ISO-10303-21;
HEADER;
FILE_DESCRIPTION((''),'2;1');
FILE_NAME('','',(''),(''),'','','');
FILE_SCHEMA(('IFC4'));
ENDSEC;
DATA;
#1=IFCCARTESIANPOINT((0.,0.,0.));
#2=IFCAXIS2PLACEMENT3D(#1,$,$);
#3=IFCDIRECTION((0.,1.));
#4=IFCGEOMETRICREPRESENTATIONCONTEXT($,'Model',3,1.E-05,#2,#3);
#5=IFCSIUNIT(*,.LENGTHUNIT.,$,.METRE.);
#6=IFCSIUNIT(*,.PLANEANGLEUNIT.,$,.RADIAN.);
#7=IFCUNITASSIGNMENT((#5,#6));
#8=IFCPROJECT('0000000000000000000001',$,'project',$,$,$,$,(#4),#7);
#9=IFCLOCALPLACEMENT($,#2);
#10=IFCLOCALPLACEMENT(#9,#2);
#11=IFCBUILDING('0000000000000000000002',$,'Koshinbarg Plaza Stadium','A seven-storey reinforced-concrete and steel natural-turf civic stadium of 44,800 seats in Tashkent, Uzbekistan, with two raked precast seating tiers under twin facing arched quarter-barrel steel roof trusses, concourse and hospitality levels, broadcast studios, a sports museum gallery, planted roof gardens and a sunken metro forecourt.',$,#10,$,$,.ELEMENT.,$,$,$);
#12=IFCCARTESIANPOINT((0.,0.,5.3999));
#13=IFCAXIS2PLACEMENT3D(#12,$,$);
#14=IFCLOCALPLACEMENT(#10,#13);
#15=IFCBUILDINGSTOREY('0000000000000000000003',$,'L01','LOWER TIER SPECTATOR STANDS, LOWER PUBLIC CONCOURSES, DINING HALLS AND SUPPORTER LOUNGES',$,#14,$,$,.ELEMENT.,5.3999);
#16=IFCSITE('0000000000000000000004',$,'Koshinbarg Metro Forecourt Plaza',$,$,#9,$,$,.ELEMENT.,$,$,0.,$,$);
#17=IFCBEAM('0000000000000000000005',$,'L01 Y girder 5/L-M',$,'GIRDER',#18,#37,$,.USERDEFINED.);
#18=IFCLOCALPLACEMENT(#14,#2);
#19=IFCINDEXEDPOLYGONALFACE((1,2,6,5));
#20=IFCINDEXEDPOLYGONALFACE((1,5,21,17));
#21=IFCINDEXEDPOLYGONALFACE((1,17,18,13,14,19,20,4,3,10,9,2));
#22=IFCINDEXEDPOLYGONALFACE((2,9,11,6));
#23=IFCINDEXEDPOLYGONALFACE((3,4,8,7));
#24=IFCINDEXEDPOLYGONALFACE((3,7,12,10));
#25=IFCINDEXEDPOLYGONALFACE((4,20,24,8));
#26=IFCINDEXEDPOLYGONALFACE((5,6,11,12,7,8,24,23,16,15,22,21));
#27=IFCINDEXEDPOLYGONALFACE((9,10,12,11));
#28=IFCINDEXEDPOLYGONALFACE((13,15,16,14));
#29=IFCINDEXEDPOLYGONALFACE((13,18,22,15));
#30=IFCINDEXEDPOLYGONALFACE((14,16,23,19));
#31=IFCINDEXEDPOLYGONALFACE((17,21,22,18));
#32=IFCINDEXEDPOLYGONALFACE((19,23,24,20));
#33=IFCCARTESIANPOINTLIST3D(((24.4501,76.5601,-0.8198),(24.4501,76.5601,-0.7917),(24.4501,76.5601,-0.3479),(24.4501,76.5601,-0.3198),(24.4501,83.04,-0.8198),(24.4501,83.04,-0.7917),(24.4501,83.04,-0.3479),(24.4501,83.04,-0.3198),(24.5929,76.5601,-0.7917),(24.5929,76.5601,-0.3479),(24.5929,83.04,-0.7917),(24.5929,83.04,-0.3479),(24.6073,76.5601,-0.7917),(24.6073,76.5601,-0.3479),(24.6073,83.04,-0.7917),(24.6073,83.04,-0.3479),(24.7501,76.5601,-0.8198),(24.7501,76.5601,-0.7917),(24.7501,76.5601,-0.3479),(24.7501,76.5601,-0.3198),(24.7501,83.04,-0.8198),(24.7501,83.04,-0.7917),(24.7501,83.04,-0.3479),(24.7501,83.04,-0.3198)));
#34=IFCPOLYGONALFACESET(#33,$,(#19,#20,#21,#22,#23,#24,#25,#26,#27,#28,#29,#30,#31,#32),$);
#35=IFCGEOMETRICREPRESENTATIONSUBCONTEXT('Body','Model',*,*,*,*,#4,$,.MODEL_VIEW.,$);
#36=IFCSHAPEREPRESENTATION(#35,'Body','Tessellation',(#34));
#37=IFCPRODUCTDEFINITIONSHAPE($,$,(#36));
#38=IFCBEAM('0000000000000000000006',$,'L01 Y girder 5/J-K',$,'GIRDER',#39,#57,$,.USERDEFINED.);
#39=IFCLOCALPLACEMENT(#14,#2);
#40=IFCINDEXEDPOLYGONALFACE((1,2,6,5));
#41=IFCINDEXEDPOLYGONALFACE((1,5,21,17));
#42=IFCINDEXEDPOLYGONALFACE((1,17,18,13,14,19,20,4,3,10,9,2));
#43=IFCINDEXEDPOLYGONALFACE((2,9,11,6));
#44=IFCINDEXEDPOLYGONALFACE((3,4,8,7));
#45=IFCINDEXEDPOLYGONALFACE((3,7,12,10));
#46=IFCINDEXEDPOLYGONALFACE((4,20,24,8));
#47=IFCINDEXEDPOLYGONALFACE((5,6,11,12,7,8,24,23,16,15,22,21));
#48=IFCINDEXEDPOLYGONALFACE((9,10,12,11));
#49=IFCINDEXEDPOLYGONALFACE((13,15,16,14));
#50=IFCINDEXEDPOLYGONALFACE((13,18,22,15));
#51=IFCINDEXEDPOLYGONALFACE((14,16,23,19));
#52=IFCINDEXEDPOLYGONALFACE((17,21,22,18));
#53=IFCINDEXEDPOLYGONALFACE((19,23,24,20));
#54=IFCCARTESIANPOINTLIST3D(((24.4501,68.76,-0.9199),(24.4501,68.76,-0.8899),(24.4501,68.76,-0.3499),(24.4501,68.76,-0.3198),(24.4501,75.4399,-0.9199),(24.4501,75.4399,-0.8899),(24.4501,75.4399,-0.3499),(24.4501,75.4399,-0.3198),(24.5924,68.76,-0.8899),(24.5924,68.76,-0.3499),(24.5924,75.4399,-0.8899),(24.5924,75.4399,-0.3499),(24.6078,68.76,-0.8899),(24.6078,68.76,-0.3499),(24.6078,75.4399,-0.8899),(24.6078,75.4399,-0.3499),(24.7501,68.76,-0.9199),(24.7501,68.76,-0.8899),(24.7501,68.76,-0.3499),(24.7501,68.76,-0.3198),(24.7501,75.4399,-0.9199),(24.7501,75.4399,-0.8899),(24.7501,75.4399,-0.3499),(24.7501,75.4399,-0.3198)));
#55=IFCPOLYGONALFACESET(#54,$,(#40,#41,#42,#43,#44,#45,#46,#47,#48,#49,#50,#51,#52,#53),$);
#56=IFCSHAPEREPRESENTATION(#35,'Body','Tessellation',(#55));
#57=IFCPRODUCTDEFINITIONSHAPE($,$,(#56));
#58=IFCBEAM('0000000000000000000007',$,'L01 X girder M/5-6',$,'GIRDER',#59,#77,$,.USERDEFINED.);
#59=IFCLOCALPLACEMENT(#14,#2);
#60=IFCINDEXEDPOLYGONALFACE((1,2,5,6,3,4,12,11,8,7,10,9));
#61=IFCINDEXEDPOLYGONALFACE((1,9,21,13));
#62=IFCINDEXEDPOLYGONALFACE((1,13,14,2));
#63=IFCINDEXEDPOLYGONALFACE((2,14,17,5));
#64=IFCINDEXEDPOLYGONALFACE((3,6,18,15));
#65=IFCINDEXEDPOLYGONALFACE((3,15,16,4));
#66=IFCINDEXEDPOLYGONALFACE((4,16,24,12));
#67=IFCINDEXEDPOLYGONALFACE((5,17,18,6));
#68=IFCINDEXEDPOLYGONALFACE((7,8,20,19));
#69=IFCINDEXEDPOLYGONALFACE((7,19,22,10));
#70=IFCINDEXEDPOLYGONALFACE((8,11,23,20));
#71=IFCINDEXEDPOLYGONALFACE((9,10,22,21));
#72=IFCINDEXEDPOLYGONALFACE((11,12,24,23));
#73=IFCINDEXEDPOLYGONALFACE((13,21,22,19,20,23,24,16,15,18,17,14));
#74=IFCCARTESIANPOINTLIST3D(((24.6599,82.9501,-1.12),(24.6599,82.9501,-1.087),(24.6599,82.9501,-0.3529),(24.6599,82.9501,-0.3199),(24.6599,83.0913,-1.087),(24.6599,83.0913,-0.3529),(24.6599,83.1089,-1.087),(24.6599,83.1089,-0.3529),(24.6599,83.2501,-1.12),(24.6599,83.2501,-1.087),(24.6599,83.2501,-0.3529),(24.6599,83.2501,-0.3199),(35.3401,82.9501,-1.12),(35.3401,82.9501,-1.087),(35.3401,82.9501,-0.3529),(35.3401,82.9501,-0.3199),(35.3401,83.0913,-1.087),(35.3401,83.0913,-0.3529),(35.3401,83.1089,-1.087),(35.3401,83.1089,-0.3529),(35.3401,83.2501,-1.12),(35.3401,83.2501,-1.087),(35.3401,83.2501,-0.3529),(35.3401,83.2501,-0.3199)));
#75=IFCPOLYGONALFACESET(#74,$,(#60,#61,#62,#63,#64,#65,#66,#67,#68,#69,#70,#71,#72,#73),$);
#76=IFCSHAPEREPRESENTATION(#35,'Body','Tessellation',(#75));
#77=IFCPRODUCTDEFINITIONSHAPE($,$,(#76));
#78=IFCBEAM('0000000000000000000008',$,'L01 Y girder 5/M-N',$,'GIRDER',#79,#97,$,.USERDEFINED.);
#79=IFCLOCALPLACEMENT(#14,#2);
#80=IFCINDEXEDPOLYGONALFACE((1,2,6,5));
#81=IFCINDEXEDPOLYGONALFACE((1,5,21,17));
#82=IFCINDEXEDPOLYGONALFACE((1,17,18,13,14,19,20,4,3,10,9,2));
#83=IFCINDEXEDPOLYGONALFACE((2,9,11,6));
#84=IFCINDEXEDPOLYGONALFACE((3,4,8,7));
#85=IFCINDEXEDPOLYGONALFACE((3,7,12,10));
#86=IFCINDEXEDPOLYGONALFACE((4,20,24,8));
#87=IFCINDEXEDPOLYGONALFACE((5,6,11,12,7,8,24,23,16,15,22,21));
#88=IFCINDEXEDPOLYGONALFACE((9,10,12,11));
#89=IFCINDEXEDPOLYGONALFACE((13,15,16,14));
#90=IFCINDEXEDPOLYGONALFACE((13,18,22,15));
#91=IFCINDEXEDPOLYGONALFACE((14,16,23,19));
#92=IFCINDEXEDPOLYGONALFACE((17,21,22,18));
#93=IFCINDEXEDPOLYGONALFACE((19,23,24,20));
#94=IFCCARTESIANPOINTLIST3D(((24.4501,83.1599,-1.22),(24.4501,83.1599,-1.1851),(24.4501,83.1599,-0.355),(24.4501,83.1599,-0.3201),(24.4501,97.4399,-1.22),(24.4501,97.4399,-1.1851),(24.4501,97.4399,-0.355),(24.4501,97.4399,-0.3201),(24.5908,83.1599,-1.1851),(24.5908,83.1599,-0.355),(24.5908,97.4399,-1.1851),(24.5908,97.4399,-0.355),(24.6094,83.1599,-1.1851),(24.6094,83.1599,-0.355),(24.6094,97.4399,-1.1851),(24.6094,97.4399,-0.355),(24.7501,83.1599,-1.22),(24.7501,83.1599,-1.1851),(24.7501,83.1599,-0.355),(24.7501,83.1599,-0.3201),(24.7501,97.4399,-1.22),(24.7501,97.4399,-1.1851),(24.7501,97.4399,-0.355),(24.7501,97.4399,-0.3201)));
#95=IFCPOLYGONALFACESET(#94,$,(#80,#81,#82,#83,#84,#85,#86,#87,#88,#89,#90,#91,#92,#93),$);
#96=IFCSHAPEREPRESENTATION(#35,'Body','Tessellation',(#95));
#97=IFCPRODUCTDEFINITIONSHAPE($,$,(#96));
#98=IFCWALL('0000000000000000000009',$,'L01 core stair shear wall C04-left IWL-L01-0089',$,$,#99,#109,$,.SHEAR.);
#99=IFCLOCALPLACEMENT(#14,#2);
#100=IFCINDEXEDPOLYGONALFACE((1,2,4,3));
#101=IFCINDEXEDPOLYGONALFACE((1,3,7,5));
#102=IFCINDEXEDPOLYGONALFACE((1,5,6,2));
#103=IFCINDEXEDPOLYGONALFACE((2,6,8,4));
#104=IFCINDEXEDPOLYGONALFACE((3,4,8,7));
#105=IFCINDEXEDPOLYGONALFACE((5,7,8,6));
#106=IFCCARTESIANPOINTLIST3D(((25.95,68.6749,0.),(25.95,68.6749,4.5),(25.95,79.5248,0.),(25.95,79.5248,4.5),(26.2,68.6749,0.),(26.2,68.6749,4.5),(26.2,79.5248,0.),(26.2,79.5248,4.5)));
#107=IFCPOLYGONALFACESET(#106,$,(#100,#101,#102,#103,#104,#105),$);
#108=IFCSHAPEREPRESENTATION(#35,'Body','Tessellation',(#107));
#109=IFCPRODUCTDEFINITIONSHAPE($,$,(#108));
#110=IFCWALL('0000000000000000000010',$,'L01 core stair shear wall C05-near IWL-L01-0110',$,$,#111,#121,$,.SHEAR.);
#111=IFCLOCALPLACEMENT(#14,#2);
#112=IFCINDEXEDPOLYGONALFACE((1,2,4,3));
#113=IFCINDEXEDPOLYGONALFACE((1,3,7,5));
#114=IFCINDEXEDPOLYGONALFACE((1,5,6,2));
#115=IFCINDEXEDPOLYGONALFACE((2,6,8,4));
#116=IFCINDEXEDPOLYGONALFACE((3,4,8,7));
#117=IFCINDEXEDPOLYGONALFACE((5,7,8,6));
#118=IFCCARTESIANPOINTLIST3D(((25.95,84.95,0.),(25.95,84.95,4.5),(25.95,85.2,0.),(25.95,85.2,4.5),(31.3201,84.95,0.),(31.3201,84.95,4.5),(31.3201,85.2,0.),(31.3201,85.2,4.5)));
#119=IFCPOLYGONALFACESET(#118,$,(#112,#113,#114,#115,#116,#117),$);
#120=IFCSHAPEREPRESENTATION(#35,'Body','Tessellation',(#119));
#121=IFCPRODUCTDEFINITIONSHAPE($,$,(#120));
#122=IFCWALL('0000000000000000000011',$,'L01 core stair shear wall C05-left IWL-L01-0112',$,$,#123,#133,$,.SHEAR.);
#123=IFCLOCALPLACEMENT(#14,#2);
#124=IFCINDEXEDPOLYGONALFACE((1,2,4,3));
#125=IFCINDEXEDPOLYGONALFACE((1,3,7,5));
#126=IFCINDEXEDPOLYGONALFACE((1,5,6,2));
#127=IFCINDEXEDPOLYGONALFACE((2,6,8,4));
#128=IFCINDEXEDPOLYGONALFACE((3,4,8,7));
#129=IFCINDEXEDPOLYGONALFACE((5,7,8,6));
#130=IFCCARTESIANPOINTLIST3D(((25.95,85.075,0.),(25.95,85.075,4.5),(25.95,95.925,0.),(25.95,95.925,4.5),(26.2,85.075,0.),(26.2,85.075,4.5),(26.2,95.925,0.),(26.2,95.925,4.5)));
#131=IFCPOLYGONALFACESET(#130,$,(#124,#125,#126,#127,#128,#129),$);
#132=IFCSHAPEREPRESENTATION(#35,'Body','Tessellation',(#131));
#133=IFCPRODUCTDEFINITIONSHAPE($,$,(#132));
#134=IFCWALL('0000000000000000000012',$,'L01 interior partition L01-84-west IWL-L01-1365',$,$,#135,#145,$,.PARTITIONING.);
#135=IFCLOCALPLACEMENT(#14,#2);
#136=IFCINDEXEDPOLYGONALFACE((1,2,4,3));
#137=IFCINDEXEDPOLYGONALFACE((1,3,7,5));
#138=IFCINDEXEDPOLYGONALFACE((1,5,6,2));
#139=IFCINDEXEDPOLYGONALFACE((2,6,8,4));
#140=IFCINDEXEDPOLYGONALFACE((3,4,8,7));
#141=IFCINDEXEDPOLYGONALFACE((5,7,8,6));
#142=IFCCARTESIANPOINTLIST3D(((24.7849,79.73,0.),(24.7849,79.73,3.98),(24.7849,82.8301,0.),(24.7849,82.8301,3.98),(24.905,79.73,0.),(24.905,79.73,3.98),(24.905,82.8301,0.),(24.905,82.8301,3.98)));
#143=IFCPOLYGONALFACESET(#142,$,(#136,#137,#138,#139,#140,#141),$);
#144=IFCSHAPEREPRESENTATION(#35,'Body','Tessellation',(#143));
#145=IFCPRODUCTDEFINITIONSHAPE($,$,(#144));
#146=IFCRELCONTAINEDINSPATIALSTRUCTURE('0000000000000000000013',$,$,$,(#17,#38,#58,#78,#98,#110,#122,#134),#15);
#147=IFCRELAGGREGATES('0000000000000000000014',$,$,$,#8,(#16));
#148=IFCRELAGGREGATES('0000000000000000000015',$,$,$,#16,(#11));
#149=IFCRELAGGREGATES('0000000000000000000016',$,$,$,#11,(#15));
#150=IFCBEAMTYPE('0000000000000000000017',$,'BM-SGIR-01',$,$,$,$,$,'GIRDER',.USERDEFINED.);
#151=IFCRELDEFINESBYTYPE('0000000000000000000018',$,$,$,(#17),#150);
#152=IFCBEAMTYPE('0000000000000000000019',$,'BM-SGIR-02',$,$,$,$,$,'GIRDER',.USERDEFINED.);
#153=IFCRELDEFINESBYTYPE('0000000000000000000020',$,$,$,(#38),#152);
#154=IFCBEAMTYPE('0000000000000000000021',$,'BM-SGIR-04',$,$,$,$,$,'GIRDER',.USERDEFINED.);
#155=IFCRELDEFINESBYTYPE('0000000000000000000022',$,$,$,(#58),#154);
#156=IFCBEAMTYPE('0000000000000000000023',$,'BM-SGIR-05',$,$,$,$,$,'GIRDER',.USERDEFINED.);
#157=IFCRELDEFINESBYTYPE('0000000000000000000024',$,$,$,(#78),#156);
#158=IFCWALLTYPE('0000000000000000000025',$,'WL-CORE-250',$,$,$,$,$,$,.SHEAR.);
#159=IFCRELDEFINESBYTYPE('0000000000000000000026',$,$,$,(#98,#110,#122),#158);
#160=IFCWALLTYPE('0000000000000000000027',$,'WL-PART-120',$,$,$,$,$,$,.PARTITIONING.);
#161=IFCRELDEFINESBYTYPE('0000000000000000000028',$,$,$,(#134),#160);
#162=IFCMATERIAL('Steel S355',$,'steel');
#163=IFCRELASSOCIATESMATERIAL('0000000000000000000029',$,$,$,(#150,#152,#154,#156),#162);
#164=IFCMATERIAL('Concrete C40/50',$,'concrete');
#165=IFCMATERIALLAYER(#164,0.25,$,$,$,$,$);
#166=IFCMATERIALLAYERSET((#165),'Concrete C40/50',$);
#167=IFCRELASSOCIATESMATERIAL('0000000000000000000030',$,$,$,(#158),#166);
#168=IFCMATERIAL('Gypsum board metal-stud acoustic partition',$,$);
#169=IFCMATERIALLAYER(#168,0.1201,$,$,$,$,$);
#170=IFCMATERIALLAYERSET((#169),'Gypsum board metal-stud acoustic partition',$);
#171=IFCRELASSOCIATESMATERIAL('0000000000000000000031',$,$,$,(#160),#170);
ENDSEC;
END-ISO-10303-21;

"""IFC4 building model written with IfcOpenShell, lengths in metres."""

from ifc_helpers import new_model, si_unit, direction, frame, frame_2d, origin, origin_2d, place, context, subcontext, project, spatial, rectangle, i_section, extrude, material, layer, layer_set, material_profile, profile_set, type_object, element, save


model = new_model("IFC4")

# Units and contexts
model_context = context("Model", 3, precision=1e-05, world=origin(), true_north=direction((0.0, 1.0)))
body_context = subcontext(model_context, "Body", "Model", "MODEL_VIEW")
ifc_project = project(units=[si_unit("LENGTHUNIT", "METRE"), si_unit("PLANEANGLEUNIT", "RADIAN")], contexts=[model_context])

# Site, building, storey
site_placement = place(None, origin())
site = spatial("IfcSite", under=ifc_project, at=site_placement, Name="Koshinbarg Metro Forecourt Plaza", CompositionType="ELEMENT", RefElevation=0.0)
building_placement = place(site_placement, origin())
building = spatial("IfcBuilding", under=site, at=building_placement, Name="Koshinbarg Plaza Stadium", Description="A seven-storey reinforced-concrete and steel natural-turf civic stadium of 44,800 seats in Tashkent, Uzbekistan, with two raked precast seating tiers under twin facing arched quarter-barrel steel roof trusses, concourse and hospitality levels, broadcast studios, a sports museum gallery, planted roof gardens and a sunken metro forecourt.", CompositionType="ELEMENT")
storey_placement = place(building_placement, frame((0.0, 0.0, 5.3999)))
storey = spatial("IfcBuildingStorey", under=building, at=storey_placement, Name="L01", Description="LOWER TIER SPECTATOR STANDS, LOWER PUBLIC CONCOURSES, DINING HALLS AND SUPPORTER LOUNGES", CompositionType="ELEMENT", Elevation=5.3999)

# Shared definitions
ifc_material_1 = material(Name="Concrete C40/50", Category="concrete")

# Beams
ifc_material_2 = material(Name="Steel S355", Category="steel")
ifc_material_profile_1 = material_profile(ifc_material_2, i_section(OverallWidth=0.3, OverallDepth=0.5, WebThickness=0.0144, FlangeThickness=0.0281, at=origin_2d()), Name="HEB 500")
ifc_profile_set_1 = profile_set([ifc_material_profile_1], Name="Steel S355")
beam_type_1 = type_object("IfcBeamType", Name="BM-SGIR-01", ElementType="GIRDER", PredefinedType="USERDEFINED", material=ifc_profile_set_1)
beam_1_placement = place(storey_placement, frame((24.6001, 76.5601, -0.5698), z_axis=(0.0, 1.0, 0.0), x_axis=(-1.0, 0.0, 0.0)))
element("IfcBeam", 1, at=beam_1_placement, inside=storey, type_object=beam_type_1, Name="L01 Y girder 5/L-M", ObjectType="GIRDER", PredefinedType="USERDEFINED", context=body_context, shape_type="SweptSolid", body=[
    extrude(i_section(OverallWidth=0.3, OverallDepth=0.5, WebThickness=0.0144, FlangeThickness=0.0281, at=origin_2d()), origin(), (0.0, 0.0, 1.0), 6.48),
])
ifc_material_profile_2 = material_profile(ifc_material_2, i_section(OverallWidth=0.3, OverallDepth=0.6001, WebThickness=0.0154, FlangeThickness=0.03, at=origin_2d()), Name="HEB 600")
ifc_profile_set_2 = profile_set([ifc_material_profile_2], Name="Steel S355")
beam_type_2 = type_object("IfcBeamType", Name="BM-SGIR-02", ElementType="GIRDER", PredefinedType="USERDEFINED", material=ifc_profile_set_2)
beam_2_placement = place(storey_placement, frame((24.6001, 68.76, -0.6199), z_axis=(0.0, 1.0, 0.0), x_axis=(-1.0, 0.0, 0.0)))
element("IfcBeam", 2, at=beam_2_placement, inside=storey, type_object=beam_type_2, Name="L01 Y girder 5/J-K", ObjectType="GIRDER", PredefinedType="USERDEFINED", context=body_context, shape_type="SweptSolid", body=[
    extrude(i_section(OverallWidth=0.3, OverallDepth=0.6001, WebThickness=0.0154, FlangeThickness=0.03, at=origin_2d()), origin(), (0.0, 0.0, 1.0), 6.6799),
])
ifc_material_profile_3 = material_profile(ifc_material_2, i_section(OverallWidth=0.3, OverallDepth=0.8, WebThickness=0.0176, FlangeThickness=0.033, at=origin_2d()), Name="HEB 800")
ifc_profile_set_3 = profile_set([ifc_material_profile_3], Name="Steel S355")
beam_type_3 = type_object("IfcBeamType", Name="BM-SGIR-04", ElementType="GIRDER", PredefinedType="USERDEFINED", material=ifc_profile_set_3)
beam_3_placement = place(storey_placement, frame((24.6599, 83.1001, -0.72), z_axis=(1.0, 0.0, 0.0), x_axis=(0.0, 1.0, 0.0)))
element("IfcBeam", 3, at=beam_3_placement, inside=storey, type_object=beam_type_3, Name="L01 X girder M/5-6", ObjectType="GIRDER", PredefinedType="USERDEFINED", context=body_context, shape_type="SweptSolid", body=[
    extrude(i_section(OverallWidth=0.3, OverallDepth=0.8, WebThickness=0.0176, FlangeThickness=0.033, at=origin_2d()), origin(), (0.0, 0.0, 1.0), 10.6802),
])
ifc_material_profile_4 = material_profile(ifc_material_2, i_section(OverallWidth=0.3, OverallDepth=0.8999, WebThickness=0.0186, FlangeThickness=0.0349, at=origin_2d()), Name="HEB 900")
ifc_profile_set_4 = profile_set([ifc_material_profile_4], Name="Steel S355")
beam_type_4 = type_object("IfcBeamType", Name="BM-SGIR-05", ElementType="GIRDER", PredefinedType="USERDEFINED", material=ifc_profile_set_4)
beam_4_placement = place(storey_placement, frame((24.6001, 83.1599, -0.77), z_axis=(0.0, 1.0, 0.0), x_axis=(-1.0, 0.0, 0.0)))
element("IfcBeam", 4, at=beam_4_placement, inside=storey, type_object=beam_type_4, Name="L01 Y girder 5/M-N", ObjectType="GIRDER", PredefinedType="USERDEFINED", context=body_context, shape_type="SweptSolid", body=[
    extrude(i_section(OverallWidth=0.3, OverallDepth=0.8999, WebThickness=0.0186, FlangeThickness=0.0349, at=origin_2d()), origin(), (0.0, 0.0, 1.0), 14.28),
])

# Walls
ifc_layer_1 = layer(ifc_material_1, 0.25)
ifc_layer_set_1 = layer_set([ifc_layer_1], Name="Concrete C40/50")
wall_type_1 = type_object("IfcWallType", Name="WL-CORE-250", PredefinedType="SHEAR", material=ifc_layer_set_1)
wall_1_placement = place(storey_placement, frame((26.075, 68.675, 0.0), z_axis=(0.0, 0.0, 1.0), x_axis=(0.0, 1.0, 0.0)))
element("IfcWall", 5, at=wall_1_placement, inside=storey, type_object=wall_type_1, Name="L01 core stair shear wall C04-left IWL-L01-0089", PredefinedType="SHEAR", context=body_context, shape_type="SweptSolid", body=[
    extrude(rectangle(XDim=10.8499, YDim=0.25, at=frame_2d((5.4248, 0.0))), origin(), (0.0, 0.0, 1.0), 4.5),
])
wall_2_placement = place(storey_placement, frame((25.95, 85.075, 0.0), z_axis=(0.0, 0.0, 1.0), x_axis=(1.0, 0.0, 0.0)))
element("IfcWall", 6, at=wall_2_placement, inside=storey, type_object=wall_type_1, Name="L01 core stair shear wall C05-near IWL-L01-0110", PredefinedType="SHEAR", context=body_context, shape_type="SweptSolid", body=[
    extrude(rectangle(XDim=5.3701, YDim=0.25, at=frame_2d((2.6851, 0.0))), origin(), (0.0, 0.0, 1.0), 4.5),
])
wall_3_placement = place(storey_placement, frame((26.075, 85.075, 0.0), z_axis=(0.0, 0.0, 1.0), x_axis=(0.0, 1.0, 0.0)))
element("IfcWall", 7, at=wall_3_placement, inside=storey, type_object=wall_type_1, Name="L01 core stair shear wall C05-left IWL-L01-0112", PredefinedType="SHEAR", context=body_context, shape_type="SweptSolid", body=[
    extrude(rectangle(XDim=10.8501, YDim=0.25, at=frame_2d((5.425, 0.0))), origin(), (0.0, 0.0, 1.0), 4.5),
])
ifc_material_3 = material(Name="Gypsum board metal-stud acoustic partition")
ifc_layer_2 = layer(ifc_material_3, 0.1201)
ifc_layer_set_2 = layer_set([ifc_layer_2], Name="Gypsum board metal-stud acoustic partition")
wall_type_2 = type_object("IfcWallType", Name="WL-PART-120", PredefinedType="PARTITIONING", material=ifc_layer_set_2)
wall_4_placement = place(storey_placement, frame((24.845, 82.8301, 0.0), z_axis=(0.0, 0.0, 1.0), x_axis=(0.0, -1.0, 0.0)))
element("IfcWall", 8, at=wall_4_placement, inside=storey, type_object=wall_type_2, Name="L01 interior partition L01-84-west IWL-L01-1365", PredefinedType="PARTITIONING", context=body_context, shape_type="SweptSolid", body=[
    extrude(rectangle(XDim=3.1001, YDim=0.1201, at=frame_2d((1.55, 0.0))), origin(), (0.0, 0.0, 1.0), 3.98),
])

save(model, "model.ifc")
